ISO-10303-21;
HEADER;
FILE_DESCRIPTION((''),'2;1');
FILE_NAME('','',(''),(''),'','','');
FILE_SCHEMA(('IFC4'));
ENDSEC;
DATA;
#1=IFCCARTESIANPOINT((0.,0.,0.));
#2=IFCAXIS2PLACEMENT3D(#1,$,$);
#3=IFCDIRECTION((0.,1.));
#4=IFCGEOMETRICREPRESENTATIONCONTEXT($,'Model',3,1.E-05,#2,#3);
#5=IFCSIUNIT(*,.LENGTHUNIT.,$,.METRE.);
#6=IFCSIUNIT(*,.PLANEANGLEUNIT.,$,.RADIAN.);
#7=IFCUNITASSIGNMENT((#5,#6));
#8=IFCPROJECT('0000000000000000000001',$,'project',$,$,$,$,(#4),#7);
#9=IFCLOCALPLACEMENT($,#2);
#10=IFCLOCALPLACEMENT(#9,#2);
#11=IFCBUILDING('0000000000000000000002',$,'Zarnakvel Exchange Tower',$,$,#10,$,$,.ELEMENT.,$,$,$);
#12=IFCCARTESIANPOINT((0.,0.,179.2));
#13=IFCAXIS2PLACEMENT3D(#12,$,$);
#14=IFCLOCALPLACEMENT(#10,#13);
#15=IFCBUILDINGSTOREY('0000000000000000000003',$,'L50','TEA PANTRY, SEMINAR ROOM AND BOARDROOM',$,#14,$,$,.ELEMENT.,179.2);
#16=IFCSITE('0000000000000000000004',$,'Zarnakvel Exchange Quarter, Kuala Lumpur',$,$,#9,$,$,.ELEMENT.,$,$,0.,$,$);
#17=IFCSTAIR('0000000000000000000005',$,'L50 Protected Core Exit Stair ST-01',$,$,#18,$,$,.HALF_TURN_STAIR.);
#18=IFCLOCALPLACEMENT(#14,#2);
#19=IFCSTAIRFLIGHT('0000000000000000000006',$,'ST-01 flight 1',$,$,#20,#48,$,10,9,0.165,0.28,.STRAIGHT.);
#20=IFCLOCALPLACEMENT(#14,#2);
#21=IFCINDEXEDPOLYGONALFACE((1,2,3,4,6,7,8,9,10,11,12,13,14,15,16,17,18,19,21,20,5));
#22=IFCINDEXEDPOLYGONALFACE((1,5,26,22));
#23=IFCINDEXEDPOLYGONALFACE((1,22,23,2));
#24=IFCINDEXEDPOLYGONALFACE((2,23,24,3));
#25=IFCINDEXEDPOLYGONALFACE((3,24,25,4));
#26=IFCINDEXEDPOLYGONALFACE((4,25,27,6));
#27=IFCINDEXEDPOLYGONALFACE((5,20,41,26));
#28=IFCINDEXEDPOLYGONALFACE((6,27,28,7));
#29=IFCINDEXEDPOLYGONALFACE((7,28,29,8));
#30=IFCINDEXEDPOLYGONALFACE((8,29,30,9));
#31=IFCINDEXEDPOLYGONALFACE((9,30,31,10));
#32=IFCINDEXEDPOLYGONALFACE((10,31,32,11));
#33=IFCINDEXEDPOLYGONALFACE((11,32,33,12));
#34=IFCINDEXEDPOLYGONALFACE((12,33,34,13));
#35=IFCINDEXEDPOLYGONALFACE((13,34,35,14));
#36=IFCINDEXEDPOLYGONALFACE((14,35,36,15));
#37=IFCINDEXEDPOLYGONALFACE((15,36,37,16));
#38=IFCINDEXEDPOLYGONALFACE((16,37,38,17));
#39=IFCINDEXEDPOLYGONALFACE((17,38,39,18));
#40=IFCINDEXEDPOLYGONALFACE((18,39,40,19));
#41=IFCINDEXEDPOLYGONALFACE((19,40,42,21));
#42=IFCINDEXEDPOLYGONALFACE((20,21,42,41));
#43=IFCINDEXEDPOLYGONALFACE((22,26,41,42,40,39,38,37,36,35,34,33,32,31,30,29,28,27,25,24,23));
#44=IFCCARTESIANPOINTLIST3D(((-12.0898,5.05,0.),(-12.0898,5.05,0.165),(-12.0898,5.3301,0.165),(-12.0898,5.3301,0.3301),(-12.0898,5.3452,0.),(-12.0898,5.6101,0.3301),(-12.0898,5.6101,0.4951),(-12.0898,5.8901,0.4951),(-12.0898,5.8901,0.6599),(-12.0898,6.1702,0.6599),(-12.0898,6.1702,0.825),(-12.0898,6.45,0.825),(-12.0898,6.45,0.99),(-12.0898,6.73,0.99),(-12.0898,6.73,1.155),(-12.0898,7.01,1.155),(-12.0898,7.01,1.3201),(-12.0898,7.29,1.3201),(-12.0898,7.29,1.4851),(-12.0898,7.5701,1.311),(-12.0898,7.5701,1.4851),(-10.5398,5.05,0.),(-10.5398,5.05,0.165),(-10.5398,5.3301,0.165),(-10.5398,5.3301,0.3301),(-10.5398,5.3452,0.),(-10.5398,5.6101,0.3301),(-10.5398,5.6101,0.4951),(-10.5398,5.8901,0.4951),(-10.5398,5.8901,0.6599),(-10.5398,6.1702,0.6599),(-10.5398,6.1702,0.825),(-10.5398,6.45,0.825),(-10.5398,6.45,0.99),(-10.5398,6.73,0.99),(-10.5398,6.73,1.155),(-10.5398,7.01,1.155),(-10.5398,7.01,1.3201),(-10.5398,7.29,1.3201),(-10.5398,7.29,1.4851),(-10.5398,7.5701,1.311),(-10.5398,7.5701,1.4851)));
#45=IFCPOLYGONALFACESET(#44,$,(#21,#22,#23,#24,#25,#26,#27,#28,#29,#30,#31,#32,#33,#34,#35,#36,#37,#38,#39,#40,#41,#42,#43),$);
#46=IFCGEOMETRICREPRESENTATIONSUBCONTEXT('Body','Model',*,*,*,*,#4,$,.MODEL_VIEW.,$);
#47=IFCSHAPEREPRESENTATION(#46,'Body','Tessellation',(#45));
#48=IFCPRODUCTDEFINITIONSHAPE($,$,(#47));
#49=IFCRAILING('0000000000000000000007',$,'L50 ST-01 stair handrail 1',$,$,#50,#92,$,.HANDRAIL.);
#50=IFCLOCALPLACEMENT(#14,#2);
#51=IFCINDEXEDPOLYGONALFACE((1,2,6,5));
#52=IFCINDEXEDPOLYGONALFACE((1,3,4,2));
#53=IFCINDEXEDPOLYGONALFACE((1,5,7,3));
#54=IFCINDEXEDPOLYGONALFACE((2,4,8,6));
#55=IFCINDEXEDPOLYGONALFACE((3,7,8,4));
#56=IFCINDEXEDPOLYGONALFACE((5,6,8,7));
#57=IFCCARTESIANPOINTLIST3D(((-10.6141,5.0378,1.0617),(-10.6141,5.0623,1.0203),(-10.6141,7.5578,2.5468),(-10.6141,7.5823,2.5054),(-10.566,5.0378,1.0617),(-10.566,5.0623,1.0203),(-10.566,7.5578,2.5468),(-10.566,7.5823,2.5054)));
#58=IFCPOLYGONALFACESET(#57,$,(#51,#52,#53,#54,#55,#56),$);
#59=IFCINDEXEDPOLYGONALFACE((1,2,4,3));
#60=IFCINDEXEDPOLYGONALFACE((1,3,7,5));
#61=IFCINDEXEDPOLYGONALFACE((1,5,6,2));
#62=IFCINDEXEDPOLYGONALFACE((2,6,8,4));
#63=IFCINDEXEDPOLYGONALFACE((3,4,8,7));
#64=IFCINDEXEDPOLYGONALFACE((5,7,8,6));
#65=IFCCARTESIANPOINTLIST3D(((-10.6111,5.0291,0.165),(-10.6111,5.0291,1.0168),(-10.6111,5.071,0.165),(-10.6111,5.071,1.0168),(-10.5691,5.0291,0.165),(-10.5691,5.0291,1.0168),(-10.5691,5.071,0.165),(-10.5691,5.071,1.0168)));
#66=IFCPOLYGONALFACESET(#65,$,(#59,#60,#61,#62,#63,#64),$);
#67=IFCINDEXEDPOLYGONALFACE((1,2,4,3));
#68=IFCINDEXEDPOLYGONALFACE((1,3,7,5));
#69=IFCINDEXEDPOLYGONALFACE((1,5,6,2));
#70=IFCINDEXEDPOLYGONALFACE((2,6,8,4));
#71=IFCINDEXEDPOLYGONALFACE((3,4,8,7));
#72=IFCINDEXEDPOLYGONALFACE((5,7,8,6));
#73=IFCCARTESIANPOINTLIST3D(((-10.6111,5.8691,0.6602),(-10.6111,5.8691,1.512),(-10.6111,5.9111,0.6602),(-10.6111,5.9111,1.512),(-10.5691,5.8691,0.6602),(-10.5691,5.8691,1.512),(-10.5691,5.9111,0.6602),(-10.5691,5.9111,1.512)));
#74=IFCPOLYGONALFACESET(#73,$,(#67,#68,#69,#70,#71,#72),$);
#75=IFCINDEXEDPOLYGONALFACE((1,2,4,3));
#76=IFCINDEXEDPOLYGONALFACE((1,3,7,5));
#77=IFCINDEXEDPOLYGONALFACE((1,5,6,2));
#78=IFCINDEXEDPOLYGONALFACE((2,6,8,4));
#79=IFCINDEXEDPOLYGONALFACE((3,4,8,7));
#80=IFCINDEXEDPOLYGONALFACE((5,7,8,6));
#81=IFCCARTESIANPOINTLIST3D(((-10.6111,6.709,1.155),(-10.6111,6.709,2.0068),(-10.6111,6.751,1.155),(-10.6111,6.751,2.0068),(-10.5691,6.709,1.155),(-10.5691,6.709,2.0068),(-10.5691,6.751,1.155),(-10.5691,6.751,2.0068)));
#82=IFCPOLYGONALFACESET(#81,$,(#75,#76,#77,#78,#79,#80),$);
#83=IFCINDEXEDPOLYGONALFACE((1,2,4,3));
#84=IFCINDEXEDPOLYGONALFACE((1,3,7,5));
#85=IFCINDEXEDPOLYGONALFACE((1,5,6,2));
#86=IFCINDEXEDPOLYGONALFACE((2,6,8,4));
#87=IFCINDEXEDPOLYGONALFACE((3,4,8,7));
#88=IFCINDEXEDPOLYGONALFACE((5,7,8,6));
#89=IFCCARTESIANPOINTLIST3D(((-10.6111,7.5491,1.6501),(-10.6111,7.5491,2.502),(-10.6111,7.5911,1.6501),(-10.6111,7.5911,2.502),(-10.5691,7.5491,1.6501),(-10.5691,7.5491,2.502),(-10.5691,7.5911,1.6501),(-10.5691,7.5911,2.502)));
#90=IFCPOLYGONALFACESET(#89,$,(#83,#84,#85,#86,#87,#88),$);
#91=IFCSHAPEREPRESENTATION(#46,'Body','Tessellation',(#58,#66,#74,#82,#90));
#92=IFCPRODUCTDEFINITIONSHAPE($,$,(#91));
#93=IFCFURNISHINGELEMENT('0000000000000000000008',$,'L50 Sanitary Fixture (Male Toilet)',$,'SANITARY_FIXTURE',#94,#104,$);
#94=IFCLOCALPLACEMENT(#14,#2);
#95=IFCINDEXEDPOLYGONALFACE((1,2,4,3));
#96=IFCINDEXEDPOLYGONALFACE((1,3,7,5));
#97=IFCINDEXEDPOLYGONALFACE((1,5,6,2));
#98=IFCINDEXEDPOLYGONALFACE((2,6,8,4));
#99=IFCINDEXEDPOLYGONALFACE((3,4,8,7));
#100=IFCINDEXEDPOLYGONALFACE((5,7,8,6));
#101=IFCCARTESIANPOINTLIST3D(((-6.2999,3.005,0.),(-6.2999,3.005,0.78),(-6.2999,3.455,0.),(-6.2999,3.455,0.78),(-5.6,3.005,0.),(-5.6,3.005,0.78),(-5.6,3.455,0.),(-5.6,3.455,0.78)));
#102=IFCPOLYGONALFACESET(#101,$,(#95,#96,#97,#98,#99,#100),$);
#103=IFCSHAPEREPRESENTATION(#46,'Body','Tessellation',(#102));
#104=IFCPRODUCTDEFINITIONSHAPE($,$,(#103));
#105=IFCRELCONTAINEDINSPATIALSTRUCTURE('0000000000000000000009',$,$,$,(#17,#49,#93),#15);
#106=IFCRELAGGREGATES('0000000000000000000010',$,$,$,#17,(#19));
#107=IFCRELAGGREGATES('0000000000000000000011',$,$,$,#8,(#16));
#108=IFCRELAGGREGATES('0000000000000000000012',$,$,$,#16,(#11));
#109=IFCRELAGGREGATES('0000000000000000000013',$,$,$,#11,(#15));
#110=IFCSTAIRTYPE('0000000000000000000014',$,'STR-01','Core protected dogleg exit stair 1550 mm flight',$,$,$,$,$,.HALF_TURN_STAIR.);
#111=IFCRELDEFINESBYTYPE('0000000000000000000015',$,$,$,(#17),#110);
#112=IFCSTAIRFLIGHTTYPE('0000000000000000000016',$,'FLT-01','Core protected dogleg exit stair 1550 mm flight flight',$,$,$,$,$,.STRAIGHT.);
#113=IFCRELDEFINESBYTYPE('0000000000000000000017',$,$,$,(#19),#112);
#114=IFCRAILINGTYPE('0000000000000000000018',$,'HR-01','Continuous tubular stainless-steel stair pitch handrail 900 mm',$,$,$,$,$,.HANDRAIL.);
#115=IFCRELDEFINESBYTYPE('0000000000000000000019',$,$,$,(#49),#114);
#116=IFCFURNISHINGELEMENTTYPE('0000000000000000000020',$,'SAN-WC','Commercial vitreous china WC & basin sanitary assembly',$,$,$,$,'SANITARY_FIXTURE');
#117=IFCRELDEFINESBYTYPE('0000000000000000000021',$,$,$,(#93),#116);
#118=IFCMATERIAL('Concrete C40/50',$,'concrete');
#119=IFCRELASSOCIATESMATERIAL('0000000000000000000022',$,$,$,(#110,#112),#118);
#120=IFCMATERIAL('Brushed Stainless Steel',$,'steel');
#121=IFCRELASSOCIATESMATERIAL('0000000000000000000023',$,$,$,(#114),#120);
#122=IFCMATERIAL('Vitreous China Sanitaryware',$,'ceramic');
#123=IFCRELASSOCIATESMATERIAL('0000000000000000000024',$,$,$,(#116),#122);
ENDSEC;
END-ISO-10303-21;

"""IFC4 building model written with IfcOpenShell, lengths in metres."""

from ifc_helpers import new_model, si_unit, direction, frame, origin, origin_2d, place, context, subcontext, project, spatial, polyline, rectangle, outline, extrude, source, transform, mapped, material, type_object, element, aggregate, save


model = new_model("IFC4")

# Units and contexts
model_context = context("Model", 3, precision=1e-05, world=origin(), true_north=direction((0.0, 1.0)))
body_context = subcontext(model_context, "Body", "Model", "MODEL_VIEW")
ifc_project = project(units=[si_unit("LENGTHUNIT", "METRE"), si_unit("PLANEANGLEUNIT", "RADIAN")], contexts=[model_context])

# Site, building, storey
site_placement = place(None, origin())
site = spatial("IfcSite", under=ifc_project, at=site_placement, Name="Zarnakvel Exchange Quarter, Kuala Lumpur", CompositionType="ELEMENT", RefElevation=0.0)
building_placement = place(site_placement, origin())
building = spatial("IfcBuilding", under=site, at=building_placement, Name="Zarnakvel Exchange Tower", CompositionType="ELEMENT")
storey_placement = place(building_placement, frame((0.0, 0.0, 179.2)))
storey = spatial("IfcBuildingStorey", under=building, at=storey_placement, Name="L50", Description="TEA PANTRY, SEMINAR ROOM AND BOARDROOM", CompositionType="ELEMENT", Elevation=179.2)

# Shared definitions
ifc_material_1 = material(Name="Concrete C40/50", Category="concrete")
ifc_material_2 = material(Name="Brushed Stainless Steel", Category="steel")

# Stair, stair flight
stair_type = type_object("IfcStairType", Name="STR-01", Description="Core protected dogleg exit stair 1550 mm flight", PredefinedType="HALF_TURN_STAIR", material=ifc_material_1)
stair_placement = place(storey_placement, origin())
stair = element("IfcStair", 1, at=stair_placement, inside=storey, type_object=stair_type, Name="L50 Protected Core Exit Stair ST-01", PredefinedType="HALF_TURN_STAIR")
stair_flight_type = type_object("IfcStairFlightType", Name="FLT-01", Description="Core protected dogleg exit stair 1550 mm flight flight", PredefinedType="STRAIGHT", material=ifc_material_1)
stair_flight_placement = place(storey_placement, frame((-11.3149, 5.05, 0.0), z_axis=(0.0, 0.0, 1.0), x_axis=(0.0, 1.0, 0.0)))
stair_flight = element("IfcStairFlight", 2, at=stair_flight_placement, type_object=stair_flight_type, Name="ST-01 flight 1", NumberOfRisers=10, NumberOfTreads=9, PredefinedType="STRAIGHT", RiserHeight=0.165, TreadLength=0.28, context=body_context, shape_type="SweptSolid", body=[
    extrude(outline(polyline([(0.0, 0.0), (0.0, 0.165), (0.28, 0.165), (0.28, 0.3301), (0.5601, 0.3301), (0.5601, 0.4951), (0.8401, 0.4951), (0.8401, 0.6599), (1.1201, 0.6599), (1.1201, 0.825), (1.3999, 0.825), (1.3999, 0.99), (1.6799, 0.99), (1.6799, 1.155), (1.96, 1.155), (1.96, 1.3201), (2.24, 1.3201), (2.24, 1.4851), (2.52, 1.4851), (2.52, 1.6499), (2.52, 1.311), (0.2952, 0.0), (0.0, 0.0)])), frame((0.0, 0.7749, 0.0), z_axis=(0.0, -1.0, 0.0), x_axis=(1.0, 0.0, 0.0)), (0.0, 0.0, 1.0), 1.55),
])
aggregate(stair, [stair_flight])

# Railing
railing_type = type_object("IfcRailingType", Name="HR-01", Description="Continuous tubular stainless-steel stair pitch handrail 900 mm", PredefinedType="HANDRAIL", material=ifc_material_2)
railing_placement = place(storey_placement, frame((-10.5901, 5.05, 0.165)))
element("IfcRailing", 3, at=railing_placement, inside=storey, type_object=railing_type, Name="L50 ST-01 stair handrail 1", PredefinedType="HANDRAIL", context=body_context, shape_type="SweptSolid", body=[
    extrude(rectangle(XDim=0.0481, YDim=0.0481, at=origin_2d()), frame((0.0, 0.0, 0.876), z_axis=(0.0, 0.861524, 0.507717), x_axis=(-1.0, 0.0, 0.0)), (0.0, 0.0, 1.0), 2.925),
    extrude(rectangle(XDim=0.042, YDim=0.042, at=origin_2d()), origin(), (0.0, 0.0, 1.0), 0.8518),
    extrude(rectangle(XDim=0.042, YDim=0.042, at=origin_2d()), frame((0.0, 0.8401, 0.4951)), (0.0, 0.0, 1.0), 0.8518),
    extrude(rectangle(XDim=0.042, YDim=0.042, at=origin_2d()), frame((0.0, 1.6799, 0.99)), (0.0, 0.0, 1.0), 0.8518),
    extrude(rectangle(XDim=0.042, YDim=0.042, at=origin_2d()), frame((0.0, 2.52, 1.4851)), (0.0, 0.0, 1.0), 0.8518),
])

# Furnishing element
ifc_material_3 = material(Name="Vitreous China Sanitaryware", Category="ceramic")
furnishing_element_type = type_object("IfcFurnishingElementType", Name="SAN-WC", Description="Commercial vitreous china WC & basin sanitary assembly", ElementType="SANITARY_FIXTURE", material=ifc_material_3)
shared_shape_1 = source(origin(), body_context, "Body", "SweptSolid", [
    extrude(rectangle(XDim=0.7, YDim=0.45, at=origin_2d()), origin(), (0.0, 0.0, 1.0), 0.78),
])
furnishing_placement = place(storey_placement, frame((-5.95, 3.23, 0.0), z_axis=(0.0, 0.0, 1.0), x_axis=(1.0, 0.0, 0.0)))
element("IfcFurnishingElement", 4, at=furnishing_placement, inside=storey, type_object=furnishing_element_type, Name="L50 Sanitary Fixture (Male Toilet)", ObjectType="SANITARY_FIXTURE", context=body_context, shape_type="MappedRepresentation", body=[
    mapped(shared_shape_1, transform((0.0, 0.0, 0.0), x_axis=(1.0, 0.0, 0.0), y_axis=(0.0, 1.0, 0.0), z_axis=(0.0, 0.0, 1.0), scale=1.0)),
])

save(model, "model.ifc")
